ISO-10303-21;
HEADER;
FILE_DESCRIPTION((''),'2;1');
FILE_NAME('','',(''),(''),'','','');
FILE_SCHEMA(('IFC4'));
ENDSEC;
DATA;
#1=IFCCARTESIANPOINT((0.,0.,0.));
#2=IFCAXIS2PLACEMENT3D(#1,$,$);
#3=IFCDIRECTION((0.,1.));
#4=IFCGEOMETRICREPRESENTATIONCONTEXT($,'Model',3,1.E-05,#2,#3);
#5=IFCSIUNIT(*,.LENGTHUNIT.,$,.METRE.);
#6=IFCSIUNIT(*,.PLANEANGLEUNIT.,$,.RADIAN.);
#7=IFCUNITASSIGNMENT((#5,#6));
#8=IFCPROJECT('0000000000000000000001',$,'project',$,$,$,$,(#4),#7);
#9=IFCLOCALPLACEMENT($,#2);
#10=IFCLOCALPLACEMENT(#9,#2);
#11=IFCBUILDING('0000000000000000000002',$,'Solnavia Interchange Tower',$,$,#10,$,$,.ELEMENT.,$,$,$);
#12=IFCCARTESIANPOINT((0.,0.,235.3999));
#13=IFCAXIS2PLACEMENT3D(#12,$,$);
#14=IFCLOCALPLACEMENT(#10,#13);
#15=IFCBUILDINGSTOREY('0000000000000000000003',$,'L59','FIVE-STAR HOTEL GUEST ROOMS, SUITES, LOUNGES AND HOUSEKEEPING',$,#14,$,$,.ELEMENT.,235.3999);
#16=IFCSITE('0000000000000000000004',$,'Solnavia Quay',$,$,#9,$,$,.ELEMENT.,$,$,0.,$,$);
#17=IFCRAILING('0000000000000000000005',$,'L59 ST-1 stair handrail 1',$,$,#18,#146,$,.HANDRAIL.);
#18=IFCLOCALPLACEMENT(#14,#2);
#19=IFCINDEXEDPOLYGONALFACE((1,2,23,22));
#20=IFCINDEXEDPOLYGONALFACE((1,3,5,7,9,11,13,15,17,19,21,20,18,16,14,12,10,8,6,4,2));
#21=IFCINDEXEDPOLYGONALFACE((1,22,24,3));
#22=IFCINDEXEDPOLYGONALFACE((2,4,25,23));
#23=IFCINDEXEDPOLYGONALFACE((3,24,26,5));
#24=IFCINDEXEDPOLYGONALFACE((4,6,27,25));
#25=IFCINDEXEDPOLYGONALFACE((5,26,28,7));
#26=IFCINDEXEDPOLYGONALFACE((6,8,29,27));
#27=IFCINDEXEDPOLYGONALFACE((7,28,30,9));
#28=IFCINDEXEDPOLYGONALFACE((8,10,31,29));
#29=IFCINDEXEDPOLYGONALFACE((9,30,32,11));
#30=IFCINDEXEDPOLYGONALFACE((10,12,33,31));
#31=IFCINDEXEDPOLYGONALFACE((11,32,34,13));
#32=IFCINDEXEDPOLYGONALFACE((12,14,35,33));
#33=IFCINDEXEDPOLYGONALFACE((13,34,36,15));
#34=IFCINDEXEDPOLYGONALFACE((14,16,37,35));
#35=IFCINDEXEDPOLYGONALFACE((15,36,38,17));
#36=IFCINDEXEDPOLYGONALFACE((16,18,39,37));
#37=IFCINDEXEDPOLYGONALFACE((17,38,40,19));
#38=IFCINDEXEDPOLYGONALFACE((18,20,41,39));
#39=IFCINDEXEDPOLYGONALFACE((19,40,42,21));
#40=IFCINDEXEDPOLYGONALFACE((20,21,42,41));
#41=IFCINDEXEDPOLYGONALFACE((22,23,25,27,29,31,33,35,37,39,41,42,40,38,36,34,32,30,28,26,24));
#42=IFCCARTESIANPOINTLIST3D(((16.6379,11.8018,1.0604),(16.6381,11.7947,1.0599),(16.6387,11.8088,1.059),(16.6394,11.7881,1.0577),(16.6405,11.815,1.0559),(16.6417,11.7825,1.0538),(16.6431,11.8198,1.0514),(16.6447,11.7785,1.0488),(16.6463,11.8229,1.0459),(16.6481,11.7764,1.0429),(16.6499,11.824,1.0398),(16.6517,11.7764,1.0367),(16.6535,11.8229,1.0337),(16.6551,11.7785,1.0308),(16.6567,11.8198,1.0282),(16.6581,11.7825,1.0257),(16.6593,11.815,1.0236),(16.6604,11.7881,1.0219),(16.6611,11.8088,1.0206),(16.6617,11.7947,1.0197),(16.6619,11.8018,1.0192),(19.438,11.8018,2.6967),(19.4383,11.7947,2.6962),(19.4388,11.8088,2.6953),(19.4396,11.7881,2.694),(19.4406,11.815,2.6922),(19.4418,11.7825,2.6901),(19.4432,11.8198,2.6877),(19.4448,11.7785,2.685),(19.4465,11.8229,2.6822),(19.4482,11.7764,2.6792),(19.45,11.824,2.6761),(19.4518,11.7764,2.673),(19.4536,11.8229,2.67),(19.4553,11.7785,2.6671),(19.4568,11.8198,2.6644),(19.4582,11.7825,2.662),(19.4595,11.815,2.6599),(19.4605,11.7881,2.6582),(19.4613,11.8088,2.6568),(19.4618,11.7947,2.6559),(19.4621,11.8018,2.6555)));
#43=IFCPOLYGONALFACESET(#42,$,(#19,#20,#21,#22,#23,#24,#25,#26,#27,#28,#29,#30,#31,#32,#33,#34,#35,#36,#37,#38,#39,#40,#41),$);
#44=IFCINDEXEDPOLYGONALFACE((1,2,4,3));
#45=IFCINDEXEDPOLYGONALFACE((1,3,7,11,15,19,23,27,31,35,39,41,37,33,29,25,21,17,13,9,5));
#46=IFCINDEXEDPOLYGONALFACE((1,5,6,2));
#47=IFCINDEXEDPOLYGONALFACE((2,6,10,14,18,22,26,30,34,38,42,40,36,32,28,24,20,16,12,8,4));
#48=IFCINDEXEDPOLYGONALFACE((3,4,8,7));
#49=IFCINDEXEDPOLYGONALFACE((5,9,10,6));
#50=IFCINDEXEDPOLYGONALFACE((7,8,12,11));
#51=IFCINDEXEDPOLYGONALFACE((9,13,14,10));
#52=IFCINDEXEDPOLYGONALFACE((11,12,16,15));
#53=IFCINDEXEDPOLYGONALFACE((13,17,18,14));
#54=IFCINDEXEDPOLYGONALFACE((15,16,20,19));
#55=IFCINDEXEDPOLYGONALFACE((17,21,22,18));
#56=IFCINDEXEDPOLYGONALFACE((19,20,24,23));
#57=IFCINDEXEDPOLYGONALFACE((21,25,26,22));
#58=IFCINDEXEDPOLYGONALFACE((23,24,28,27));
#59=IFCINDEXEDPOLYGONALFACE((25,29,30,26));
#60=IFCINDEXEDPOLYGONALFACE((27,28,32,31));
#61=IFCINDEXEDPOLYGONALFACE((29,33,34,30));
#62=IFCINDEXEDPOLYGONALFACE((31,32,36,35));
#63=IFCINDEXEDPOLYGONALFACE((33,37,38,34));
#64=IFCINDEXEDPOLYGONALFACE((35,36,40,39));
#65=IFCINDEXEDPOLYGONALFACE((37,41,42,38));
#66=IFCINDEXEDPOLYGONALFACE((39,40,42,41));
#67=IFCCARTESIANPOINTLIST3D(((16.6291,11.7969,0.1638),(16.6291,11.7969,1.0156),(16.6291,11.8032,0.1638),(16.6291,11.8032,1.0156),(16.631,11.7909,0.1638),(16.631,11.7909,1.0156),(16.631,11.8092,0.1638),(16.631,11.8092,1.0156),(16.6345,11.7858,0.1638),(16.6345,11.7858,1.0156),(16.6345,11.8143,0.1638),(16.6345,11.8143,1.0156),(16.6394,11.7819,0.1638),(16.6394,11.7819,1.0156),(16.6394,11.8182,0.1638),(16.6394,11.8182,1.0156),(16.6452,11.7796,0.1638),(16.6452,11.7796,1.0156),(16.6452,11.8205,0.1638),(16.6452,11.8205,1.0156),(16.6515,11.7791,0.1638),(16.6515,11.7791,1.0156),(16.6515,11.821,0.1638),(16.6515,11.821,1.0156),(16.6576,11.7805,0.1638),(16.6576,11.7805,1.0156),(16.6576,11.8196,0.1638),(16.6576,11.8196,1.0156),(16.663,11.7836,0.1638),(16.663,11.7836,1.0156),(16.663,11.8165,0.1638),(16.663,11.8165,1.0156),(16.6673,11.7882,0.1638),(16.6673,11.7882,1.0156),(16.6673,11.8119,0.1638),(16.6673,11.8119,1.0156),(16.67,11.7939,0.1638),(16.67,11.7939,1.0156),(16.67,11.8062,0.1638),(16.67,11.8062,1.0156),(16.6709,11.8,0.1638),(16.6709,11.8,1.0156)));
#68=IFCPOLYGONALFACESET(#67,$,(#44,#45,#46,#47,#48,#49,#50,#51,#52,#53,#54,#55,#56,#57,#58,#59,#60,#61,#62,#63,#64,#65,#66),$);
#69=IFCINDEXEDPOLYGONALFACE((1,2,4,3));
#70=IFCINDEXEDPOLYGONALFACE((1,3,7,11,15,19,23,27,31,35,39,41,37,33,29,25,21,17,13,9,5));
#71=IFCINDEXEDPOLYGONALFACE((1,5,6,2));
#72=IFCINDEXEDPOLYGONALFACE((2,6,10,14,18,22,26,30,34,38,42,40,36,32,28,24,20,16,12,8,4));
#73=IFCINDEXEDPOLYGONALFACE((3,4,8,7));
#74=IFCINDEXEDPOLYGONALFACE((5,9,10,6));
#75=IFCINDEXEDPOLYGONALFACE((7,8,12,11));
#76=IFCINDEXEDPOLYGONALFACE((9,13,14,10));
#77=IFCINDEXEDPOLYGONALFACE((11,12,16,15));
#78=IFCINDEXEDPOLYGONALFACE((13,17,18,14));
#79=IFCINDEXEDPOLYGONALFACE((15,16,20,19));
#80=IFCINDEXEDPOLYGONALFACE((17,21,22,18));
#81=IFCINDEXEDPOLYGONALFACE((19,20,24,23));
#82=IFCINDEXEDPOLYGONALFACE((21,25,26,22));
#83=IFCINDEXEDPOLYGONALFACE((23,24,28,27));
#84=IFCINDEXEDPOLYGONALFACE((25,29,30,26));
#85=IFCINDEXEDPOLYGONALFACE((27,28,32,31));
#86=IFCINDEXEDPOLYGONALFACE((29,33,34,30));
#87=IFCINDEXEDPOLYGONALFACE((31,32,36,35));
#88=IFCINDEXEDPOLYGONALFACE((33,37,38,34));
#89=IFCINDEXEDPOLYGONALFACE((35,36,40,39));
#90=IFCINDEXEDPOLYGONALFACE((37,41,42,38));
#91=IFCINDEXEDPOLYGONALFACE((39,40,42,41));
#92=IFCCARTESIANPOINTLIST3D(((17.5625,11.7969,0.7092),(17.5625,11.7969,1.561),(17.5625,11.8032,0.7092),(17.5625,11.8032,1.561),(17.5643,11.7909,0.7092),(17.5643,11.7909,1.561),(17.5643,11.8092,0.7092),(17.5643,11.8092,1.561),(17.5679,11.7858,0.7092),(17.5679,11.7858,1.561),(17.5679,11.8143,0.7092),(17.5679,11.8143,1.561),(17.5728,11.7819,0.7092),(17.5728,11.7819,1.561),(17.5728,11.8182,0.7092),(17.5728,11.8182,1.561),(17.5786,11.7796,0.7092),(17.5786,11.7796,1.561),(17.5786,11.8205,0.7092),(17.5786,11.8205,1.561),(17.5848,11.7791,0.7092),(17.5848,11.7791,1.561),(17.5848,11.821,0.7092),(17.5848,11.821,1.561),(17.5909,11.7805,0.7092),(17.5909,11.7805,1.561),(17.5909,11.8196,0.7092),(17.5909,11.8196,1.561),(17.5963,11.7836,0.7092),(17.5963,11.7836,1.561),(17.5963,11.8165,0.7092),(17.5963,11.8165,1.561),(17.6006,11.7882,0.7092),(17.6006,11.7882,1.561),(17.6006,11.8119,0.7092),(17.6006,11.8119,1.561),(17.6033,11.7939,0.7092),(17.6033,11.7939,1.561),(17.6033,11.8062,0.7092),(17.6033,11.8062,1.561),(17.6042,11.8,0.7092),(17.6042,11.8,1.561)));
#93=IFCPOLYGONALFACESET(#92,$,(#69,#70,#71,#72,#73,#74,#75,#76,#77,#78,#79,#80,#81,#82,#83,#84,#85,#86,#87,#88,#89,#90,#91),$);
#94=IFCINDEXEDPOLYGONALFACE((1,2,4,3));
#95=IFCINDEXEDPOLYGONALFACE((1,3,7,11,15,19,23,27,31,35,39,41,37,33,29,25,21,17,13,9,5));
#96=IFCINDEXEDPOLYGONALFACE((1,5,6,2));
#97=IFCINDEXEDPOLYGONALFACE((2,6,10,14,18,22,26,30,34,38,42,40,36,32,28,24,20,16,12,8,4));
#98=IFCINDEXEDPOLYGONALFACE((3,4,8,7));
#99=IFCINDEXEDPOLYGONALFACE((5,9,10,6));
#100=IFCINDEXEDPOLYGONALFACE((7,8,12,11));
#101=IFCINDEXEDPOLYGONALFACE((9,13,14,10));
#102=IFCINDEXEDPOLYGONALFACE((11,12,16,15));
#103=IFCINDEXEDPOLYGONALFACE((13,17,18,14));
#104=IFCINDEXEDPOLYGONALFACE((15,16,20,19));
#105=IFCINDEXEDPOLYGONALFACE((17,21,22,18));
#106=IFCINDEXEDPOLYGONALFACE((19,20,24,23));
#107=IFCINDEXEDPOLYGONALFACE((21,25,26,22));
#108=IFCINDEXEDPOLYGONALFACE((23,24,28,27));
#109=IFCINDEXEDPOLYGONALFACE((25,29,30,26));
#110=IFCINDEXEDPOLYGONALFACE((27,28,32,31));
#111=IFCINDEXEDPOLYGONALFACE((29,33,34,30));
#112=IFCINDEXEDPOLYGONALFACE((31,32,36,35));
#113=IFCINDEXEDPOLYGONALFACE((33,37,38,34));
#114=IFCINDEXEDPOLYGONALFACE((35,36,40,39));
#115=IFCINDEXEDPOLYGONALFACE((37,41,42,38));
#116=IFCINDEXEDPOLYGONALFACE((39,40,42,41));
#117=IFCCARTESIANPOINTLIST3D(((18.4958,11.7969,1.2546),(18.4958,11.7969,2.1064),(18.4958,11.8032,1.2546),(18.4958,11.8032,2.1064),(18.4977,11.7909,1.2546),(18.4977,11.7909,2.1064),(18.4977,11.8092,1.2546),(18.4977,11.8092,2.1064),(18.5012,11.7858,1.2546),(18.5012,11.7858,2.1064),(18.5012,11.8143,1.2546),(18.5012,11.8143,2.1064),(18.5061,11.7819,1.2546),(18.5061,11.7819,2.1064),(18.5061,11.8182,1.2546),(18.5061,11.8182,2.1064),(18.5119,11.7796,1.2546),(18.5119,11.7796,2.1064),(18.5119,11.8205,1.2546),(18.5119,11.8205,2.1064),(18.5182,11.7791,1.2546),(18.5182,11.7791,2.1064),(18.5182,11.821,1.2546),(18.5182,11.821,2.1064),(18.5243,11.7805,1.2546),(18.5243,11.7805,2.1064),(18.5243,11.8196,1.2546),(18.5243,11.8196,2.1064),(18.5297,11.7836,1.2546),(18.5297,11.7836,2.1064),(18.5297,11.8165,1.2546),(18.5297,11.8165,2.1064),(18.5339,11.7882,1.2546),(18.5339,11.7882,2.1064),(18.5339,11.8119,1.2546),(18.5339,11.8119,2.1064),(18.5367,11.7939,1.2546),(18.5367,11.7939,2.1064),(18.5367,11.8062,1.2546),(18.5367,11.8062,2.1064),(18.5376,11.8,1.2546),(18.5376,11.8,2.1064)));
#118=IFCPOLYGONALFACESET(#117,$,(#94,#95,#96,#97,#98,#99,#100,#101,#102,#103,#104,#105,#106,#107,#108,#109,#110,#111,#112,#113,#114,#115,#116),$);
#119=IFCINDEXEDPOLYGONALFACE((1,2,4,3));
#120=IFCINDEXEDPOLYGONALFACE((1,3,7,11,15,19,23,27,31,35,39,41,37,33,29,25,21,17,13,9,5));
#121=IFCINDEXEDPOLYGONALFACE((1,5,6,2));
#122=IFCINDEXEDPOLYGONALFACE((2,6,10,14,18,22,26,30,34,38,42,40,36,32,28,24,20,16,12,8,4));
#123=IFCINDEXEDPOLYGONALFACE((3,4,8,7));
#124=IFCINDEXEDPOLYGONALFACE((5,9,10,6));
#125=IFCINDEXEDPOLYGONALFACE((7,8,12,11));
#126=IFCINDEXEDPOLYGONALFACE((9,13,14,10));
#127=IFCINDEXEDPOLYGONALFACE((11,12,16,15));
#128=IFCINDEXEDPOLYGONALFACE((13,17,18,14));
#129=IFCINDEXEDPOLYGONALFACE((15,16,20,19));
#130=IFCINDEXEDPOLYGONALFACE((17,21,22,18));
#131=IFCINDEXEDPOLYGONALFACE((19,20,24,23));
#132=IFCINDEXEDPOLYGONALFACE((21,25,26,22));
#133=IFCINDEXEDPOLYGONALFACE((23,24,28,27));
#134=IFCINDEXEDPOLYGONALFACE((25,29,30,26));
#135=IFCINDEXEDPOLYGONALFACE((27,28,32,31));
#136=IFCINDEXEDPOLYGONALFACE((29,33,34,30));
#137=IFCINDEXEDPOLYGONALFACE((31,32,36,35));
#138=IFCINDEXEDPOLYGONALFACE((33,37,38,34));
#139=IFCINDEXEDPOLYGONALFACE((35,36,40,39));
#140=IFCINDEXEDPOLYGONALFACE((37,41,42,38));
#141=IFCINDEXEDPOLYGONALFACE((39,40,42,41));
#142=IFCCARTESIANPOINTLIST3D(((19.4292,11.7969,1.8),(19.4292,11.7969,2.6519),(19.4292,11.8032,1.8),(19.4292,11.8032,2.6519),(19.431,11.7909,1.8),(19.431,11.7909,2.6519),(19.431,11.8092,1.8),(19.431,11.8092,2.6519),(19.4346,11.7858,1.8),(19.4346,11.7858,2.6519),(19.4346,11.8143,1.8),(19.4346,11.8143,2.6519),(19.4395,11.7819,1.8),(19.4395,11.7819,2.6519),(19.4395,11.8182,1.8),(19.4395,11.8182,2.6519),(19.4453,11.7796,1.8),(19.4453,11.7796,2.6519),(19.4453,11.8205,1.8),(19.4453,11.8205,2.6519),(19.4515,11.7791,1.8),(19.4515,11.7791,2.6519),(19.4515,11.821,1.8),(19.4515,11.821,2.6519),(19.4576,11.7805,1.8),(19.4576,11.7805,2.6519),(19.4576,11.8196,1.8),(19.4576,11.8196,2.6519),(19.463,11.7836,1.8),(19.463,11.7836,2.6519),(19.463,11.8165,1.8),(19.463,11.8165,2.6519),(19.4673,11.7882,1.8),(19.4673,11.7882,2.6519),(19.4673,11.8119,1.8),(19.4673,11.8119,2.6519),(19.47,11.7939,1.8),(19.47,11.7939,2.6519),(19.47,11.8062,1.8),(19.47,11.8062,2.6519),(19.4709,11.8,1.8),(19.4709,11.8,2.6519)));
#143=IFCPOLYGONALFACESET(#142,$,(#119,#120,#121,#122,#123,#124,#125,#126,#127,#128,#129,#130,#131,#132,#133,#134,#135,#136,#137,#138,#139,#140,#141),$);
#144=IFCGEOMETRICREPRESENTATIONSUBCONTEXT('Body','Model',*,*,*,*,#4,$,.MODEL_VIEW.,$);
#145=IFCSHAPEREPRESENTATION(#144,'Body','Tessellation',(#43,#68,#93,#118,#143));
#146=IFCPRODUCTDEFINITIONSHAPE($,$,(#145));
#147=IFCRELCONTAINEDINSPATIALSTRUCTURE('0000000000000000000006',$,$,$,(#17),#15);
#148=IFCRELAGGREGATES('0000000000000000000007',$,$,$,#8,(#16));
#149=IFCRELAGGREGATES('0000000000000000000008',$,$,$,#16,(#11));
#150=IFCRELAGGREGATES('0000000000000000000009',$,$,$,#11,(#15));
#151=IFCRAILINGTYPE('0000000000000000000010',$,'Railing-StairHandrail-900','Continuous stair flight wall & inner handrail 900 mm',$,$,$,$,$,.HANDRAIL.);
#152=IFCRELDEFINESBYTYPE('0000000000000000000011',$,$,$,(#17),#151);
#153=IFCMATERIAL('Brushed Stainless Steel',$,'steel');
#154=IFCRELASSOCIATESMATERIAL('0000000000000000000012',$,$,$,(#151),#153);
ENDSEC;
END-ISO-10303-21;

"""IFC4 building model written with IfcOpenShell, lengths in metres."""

from ifc_helpers import new_model, si_unit, direction, frame, origin, origin_2d, place, context, subcontext, project, spatial, circle, extrude, material, type_object, element, save


model = new_model("IFC4")

# Units and contexts
model_context = context("Model", 3, precision=1e-05, world=origin(), true_north=direction((0.0, 1.0)))
body_context = subcontext(model_context, "Body", "Model", "MODEL_VIEW")
ifc_project = project(units=[si_unit("LENGTHUNIT", "METRE"), si_unit("PLANEANGLEUNIT", "RADIAN")], contexts=[model_context])

# Site, building, storey
site_placement = place(None, origin())
site = spatial("IfcSite", under=ifc_project, at=site_placement, Name="Solnavia Quay", CompositionType="ELEMENT", RefElevation=0.0)
building_placement = place(site_placement, origin())
building = spatial("IfcBuilding", under=site, at=building_placement, Name="Solnavia Interchange Tower", CompositionType="ELEMENT")
storey_placement = place(building_placement, frame((0.0, 0.0, 235.3999)))
storey = spatial("IfcBuildingStorey", under=building, at=storey_placement, Name="L59", Description="FIVE-STAR HOTEL GUEST ROOMS, SUITES, LOUNGES AND HOUSEKEEPING", CompositionType="ELEMENT", Elevation=235.3999)

# Railing
ifc_material_1 = material(Name="Brushed Stainless Steel", Category="steel")
railing_type_1 = type_object("IfcRailingType", Name="Railing-StairHandrail-900", Description="Continuous stair flight wall & inner handrail 900 mm", PredefinedType="HANDRAIL", material=ifc_material_1)
railing_1_placement = place(storey_placement, frame((16.6499, 11.8, 0.1638)))
element("IfcRailing", 1, at=railing_1_placement, inside=storey, type_object=railing_type_1, Name="L59 ST-1 stair handrail 1", PredefinedType="HANDRAIL", context=body_context, shape_type="SweptSolid", body=[
    extrude(circle(Radius=0.0239, at=origin_2d()), frame((0.0, 0.0, 0.876), z_axis=(0.863394, 0.0, 0.504531), x_axis=(0.0, 1.0, 0.0)), (0.0, 0.0, 1.0), 3.2432),
    extrude(circle(Radius=0.021, at=origin_2d()), origin(), (0.0, 0.0, 1.0), 0.8518),
    extrude(circle(Radius=0.021, at=origin_2d()), frame((0.9333, 0.0, 0.5454)), (0.0, 0.0, 1.0), 0.8518),
    extrude(circle(Radius=0.021, at=origin_2d()), frame((1.8667, 0.0, 1.0908)), (0.0, 0.0, 1.0), 0.8518),
    extrude(circle(Radius=0.021, at=origin_2d()), frame((2.8, 0.0, 1.6362)), (0.0, 0.0, 1.0), 0.8518),
])

save(model, "model.ifc")
